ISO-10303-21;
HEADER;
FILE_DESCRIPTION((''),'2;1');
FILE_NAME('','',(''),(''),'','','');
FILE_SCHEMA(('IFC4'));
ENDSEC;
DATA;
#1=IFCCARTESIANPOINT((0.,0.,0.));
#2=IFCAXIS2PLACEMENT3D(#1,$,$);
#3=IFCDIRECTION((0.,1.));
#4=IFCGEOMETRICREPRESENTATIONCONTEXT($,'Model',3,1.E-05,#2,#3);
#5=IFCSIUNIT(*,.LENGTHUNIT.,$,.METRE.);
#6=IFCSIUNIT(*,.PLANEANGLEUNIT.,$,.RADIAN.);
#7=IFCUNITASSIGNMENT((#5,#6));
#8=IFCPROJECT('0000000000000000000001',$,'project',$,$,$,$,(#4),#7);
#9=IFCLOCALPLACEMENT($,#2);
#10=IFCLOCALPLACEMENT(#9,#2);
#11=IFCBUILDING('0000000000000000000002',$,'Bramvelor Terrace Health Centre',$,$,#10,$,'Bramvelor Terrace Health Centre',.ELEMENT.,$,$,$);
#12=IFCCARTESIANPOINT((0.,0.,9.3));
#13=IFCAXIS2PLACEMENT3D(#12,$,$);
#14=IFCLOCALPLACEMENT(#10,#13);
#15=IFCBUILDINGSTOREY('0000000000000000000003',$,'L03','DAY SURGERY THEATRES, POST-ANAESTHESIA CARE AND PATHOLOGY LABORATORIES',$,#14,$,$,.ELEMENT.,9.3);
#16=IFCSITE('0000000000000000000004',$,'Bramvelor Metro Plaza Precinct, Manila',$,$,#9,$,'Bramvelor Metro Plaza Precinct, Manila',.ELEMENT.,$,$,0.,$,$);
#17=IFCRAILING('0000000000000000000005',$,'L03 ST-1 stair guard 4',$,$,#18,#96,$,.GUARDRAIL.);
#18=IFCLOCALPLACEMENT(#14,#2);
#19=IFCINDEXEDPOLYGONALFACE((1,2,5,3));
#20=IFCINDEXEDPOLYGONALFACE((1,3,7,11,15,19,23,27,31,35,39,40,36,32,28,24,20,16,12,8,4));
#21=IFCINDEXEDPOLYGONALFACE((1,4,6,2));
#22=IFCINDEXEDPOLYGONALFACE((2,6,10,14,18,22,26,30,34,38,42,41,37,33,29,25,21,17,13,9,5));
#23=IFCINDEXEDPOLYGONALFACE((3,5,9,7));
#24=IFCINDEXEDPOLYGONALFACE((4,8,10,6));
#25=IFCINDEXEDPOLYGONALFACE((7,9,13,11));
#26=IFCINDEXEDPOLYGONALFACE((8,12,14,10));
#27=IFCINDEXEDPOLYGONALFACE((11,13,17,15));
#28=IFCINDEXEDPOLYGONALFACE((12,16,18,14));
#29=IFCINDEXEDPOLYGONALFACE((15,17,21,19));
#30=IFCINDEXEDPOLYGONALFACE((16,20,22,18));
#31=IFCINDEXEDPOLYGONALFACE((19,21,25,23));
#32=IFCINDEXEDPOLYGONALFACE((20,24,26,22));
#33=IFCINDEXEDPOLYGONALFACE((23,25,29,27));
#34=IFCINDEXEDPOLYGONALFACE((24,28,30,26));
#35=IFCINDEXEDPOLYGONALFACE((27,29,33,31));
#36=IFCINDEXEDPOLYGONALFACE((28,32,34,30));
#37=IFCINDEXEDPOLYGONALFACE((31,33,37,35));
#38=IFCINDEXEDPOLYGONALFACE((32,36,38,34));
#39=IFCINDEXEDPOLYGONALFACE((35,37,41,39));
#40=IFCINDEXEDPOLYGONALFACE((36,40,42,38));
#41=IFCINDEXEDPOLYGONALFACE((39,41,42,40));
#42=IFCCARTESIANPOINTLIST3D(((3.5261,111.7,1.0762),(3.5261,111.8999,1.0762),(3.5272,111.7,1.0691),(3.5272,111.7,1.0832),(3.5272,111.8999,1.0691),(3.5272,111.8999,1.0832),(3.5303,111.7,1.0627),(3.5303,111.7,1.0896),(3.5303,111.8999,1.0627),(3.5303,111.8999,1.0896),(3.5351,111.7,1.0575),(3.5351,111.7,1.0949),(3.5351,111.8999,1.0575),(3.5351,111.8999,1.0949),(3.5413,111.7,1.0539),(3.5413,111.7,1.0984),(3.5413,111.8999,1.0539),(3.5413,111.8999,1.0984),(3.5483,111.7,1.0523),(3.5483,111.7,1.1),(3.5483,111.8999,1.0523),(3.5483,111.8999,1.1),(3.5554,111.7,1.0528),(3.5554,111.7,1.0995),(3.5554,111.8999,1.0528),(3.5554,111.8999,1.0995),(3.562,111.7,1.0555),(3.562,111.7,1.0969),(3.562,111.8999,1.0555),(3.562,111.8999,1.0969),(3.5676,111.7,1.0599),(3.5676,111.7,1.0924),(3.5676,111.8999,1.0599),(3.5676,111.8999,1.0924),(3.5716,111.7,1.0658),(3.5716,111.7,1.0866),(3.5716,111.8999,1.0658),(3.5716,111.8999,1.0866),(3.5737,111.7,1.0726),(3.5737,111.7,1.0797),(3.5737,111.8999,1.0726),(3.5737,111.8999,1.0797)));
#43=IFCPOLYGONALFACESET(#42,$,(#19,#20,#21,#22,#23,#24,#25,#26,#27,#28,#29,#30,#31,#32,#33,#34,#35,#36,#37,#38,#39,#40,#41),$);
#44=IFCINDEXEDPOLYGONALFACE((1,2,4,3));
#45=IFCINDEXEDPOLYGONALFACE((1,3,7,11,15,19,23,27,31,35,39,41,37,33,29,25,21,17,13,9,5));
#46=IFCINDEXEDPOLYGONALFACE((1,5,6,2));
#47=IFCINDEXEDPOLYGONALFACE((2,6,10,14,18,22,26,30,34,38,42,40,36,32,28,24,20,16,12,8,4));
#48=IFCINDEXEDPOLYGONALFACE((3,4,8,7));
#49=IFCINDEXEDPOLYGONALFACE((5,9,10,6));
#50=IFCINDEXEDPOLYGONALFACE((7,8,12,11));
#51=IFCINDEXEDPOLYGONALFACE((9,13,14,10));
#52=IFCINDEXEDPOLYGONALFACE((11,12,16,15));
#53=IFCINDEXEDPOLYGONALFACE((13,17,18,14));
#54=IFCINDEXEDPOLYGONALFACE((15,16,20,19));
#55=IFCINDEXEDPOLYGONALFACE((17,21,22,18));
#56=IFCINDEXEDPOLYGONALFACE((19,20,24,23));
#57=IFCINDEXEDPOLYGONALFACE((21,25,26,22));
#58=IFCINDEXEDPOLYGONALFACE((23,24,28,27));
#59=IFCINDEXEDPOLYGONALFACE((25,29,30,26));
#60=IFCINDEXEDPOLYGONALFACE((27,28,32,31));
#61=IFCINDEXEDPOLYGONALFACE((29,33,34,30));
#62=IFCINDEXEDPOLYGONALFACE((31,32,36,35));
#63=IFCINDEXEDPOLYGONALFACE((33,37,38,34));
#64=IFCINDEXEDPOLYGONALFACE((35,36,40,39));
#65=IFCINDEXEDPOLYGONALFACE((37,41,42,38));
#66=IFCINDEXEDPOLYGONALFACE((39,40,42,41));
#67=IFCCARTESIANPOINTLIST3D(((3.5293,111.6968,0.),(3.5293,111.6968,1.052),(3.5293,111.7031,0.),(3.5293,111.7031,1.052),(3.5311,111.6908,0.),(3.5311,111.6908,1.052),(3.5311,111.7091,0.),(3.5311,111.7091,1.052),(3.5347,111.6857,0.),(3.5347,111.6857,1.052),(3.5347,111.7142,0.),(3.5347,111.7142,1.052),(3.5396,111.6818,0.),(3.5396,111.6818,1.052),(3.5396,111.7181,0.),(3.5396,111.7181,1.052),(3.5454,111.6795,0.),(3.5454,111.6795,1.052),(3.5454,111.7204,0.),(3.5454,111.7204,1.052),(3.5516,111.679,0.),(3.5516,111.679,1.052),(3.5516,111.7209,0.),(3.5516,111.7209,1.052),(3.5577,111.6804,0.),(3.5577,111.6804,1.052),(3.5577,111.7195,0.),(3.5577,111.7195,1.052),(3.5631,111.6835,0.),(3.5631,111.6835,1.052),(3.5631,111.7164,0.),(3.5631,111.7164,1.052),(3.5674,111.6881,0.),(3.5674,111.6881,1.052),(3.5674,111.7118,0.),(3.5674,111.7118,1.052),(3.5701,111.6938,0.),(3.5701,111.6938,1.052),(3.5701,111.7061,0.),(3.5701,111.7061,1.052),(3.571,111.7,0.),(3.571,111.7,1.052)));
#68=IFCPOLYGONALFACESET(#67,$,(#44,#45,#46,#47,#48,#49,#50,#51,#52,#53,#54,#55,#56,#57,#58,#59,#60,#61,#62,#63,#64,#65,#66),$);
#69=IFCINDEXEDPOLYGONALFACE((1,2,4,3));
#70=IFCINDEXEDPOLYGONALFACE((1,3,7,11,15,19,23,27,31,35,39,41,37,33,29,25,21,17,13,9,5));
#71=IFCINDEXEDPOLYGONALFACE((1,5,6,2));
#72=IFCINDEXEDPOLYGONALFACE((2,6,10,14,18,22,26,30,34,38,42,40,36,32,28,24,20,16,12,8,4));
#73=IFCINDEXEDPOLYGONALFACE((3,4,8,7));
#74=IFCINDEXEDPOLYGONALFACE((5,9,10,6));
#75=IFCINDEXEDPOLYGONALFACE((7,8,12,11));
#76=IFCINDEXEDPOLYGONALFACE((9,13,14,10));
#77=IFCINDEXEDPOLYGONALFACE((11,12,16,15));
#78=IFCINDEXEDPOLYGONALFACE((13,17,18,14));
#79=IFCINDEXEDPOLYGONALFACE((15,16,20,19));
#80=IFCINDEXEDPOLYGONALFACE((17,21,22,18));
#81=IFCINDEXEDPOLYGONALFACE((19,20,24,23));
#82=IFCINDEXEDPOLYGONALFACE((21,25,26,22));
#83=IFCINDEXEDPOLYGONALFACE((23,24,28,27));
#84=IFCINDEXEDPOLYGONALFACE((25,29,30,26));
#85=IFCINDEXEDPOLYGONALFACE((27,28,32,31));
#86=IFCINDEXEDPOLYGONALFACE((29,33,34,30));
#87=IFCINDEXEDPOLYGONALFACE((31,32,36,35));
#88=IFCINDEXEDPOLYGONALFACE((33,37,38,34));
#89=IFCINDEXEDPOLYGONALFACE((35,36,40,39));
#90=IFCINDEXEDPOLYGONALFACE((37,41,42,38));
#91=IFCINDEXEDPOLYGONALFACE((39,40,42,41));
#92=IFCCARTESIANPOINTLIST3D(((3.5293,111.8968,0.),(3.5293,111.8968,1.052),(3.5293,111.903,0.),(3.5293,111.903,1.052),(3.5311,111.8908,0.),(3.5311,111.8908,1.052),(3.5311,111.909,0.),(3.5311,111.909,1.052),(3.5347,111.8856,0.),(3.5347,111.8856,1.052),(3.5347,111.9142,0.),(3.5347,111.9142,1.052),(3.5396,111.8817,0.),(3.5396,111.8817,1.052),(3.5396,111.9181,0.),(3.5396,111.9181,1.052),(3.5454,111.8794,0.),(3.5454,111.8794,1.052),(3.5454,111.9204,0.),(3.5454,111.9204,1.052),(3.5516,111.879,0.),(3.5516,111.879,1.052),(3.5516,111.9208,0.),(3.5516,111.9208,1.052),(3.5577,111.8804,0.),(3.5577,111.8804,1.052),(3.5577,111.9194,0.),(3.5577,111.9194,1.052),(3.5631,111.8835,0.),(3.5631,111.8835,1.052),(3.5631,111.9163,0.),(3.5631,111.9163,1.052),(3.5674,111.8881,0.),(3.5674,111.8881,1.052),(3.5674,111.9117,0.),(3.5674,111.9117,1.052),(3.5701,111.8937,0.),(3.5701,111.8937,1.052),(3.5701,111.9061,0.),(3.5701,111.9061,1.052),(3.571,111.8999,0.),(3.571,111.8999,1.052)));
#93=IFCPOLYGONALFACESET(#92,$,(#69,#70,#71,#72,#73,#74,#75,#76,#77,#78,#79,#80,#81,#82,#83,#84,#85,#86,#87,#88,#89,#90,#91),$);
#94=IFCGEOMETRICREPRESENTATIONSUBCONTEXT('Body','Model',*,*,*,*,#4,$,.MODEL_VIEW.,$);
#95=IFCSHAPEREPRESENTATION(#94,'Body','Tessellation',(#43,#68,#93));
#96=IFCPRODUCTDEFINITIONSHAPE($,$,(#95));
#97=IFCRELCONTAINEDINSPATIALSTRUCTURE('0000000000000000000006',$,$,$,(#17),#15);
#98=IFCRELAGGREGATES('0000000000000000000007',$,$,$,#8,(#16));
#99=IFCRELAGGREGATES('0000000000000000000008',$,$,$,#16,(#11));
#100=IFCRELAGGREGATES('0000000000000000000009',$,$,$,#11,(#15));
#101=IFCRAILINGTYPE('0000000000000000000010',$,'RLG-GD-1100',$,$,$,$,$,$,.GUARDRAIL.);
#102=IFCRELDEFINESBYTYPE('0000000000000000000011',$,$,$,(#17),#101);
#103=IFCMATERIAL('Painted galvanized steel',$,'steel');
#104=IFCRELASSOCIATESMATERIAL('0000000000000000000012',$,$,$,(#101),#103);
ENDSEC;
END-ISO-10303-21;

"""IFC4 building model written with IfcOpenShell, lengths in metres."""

from ifc_helpers import new_model, si_unit, direction, frame, origin, origin_2d, place, context, subcontext, project, spatial, circle, extrude, material, type_object, element, save


model = new_model("IFC4")

# Units and contexts
model_context = context("Model", 3, precision=1e-05, world=origin(), true_north=direction((0.0, 1.0)))
body_context = subcontext(model_context, "Body", "Model", "MODEL_VIEW")
ifc_project = project(units=[si_unit("LENGTHUNIT", "METRE"), si_unit("PLANEANGLEUNIT", "RADIAN")], contexts=[model_context])

# Site, building, storey
site_placement = place(None, origin())
site = spatial("IfcSite", under=ifc_project, at=site_placement, Name="Bramvelor Metro Plaza Precinct, Manila", LongName="Bramvelor Metro Plaza Precinct, Manila", CompositionType="ELEMENT", RefElevation=0.0)
building_placement = place(site_placement, origin())
building = spatial("IfcBuilding", under=site, at=building_placement, Name="Bramvelor Terrace Health Centre", LongName="Bramvelor Terrace Health Centre", CompositionType="ELEMENT")
storey_placement = place(building_placement, frame((0.0, 0.0, 9.3)))
storey = spatial("IfcBuildingStorey", under=building, at=storey_placement, Name="L03", Description="DAY SURGERY THEATRES, POST-ANAESTHESIA CARE AND PATHOLOGY LABORATORIES", CompositionType="ELEMENT", Elevation=9.3)

# Railing
ifc_material_1 = material(Name="Painted galvanized steel", Category="steel")
railing_type_1 = type_object("IfcRailingType", Name="RLG-GD-1100", PredefinedType="GUARDRAIL", material=ifc_material_1)
railing_1_placement = place(storey_placement, frame((3.55, 111.7, 0.0)))
element("IfcRailing", 1, at=railing_1_placement, inside=storey, type_object=railing_type_1, Name="L03 ST-1 stair guard 4", PredefinedType="GUARDRAIL", context=body_context, shape_type="SweptSolid", body=[
    extrude(circle(Radius=0.0239, at=origin_2d()), frame((0.0, 0.0, 1.0762), z_axis=(0.0, 1.0, 0.0), x_axis=(-1.0, 0.0, 0.0)), (0.0, 0.0, 1.0), 0.2),
    extrude(circle(Radius=0.021, at=origin_2d()), origin(), (0.0, 0.0, 1.0), 1.052),
    extrude(circle(Radius=0.021, at=origin_2d()), frame((0.0, 0.2, 0.0)), (0.0, 0.0, 1.0), 1.052),
])

save(model, "model.ifc")
